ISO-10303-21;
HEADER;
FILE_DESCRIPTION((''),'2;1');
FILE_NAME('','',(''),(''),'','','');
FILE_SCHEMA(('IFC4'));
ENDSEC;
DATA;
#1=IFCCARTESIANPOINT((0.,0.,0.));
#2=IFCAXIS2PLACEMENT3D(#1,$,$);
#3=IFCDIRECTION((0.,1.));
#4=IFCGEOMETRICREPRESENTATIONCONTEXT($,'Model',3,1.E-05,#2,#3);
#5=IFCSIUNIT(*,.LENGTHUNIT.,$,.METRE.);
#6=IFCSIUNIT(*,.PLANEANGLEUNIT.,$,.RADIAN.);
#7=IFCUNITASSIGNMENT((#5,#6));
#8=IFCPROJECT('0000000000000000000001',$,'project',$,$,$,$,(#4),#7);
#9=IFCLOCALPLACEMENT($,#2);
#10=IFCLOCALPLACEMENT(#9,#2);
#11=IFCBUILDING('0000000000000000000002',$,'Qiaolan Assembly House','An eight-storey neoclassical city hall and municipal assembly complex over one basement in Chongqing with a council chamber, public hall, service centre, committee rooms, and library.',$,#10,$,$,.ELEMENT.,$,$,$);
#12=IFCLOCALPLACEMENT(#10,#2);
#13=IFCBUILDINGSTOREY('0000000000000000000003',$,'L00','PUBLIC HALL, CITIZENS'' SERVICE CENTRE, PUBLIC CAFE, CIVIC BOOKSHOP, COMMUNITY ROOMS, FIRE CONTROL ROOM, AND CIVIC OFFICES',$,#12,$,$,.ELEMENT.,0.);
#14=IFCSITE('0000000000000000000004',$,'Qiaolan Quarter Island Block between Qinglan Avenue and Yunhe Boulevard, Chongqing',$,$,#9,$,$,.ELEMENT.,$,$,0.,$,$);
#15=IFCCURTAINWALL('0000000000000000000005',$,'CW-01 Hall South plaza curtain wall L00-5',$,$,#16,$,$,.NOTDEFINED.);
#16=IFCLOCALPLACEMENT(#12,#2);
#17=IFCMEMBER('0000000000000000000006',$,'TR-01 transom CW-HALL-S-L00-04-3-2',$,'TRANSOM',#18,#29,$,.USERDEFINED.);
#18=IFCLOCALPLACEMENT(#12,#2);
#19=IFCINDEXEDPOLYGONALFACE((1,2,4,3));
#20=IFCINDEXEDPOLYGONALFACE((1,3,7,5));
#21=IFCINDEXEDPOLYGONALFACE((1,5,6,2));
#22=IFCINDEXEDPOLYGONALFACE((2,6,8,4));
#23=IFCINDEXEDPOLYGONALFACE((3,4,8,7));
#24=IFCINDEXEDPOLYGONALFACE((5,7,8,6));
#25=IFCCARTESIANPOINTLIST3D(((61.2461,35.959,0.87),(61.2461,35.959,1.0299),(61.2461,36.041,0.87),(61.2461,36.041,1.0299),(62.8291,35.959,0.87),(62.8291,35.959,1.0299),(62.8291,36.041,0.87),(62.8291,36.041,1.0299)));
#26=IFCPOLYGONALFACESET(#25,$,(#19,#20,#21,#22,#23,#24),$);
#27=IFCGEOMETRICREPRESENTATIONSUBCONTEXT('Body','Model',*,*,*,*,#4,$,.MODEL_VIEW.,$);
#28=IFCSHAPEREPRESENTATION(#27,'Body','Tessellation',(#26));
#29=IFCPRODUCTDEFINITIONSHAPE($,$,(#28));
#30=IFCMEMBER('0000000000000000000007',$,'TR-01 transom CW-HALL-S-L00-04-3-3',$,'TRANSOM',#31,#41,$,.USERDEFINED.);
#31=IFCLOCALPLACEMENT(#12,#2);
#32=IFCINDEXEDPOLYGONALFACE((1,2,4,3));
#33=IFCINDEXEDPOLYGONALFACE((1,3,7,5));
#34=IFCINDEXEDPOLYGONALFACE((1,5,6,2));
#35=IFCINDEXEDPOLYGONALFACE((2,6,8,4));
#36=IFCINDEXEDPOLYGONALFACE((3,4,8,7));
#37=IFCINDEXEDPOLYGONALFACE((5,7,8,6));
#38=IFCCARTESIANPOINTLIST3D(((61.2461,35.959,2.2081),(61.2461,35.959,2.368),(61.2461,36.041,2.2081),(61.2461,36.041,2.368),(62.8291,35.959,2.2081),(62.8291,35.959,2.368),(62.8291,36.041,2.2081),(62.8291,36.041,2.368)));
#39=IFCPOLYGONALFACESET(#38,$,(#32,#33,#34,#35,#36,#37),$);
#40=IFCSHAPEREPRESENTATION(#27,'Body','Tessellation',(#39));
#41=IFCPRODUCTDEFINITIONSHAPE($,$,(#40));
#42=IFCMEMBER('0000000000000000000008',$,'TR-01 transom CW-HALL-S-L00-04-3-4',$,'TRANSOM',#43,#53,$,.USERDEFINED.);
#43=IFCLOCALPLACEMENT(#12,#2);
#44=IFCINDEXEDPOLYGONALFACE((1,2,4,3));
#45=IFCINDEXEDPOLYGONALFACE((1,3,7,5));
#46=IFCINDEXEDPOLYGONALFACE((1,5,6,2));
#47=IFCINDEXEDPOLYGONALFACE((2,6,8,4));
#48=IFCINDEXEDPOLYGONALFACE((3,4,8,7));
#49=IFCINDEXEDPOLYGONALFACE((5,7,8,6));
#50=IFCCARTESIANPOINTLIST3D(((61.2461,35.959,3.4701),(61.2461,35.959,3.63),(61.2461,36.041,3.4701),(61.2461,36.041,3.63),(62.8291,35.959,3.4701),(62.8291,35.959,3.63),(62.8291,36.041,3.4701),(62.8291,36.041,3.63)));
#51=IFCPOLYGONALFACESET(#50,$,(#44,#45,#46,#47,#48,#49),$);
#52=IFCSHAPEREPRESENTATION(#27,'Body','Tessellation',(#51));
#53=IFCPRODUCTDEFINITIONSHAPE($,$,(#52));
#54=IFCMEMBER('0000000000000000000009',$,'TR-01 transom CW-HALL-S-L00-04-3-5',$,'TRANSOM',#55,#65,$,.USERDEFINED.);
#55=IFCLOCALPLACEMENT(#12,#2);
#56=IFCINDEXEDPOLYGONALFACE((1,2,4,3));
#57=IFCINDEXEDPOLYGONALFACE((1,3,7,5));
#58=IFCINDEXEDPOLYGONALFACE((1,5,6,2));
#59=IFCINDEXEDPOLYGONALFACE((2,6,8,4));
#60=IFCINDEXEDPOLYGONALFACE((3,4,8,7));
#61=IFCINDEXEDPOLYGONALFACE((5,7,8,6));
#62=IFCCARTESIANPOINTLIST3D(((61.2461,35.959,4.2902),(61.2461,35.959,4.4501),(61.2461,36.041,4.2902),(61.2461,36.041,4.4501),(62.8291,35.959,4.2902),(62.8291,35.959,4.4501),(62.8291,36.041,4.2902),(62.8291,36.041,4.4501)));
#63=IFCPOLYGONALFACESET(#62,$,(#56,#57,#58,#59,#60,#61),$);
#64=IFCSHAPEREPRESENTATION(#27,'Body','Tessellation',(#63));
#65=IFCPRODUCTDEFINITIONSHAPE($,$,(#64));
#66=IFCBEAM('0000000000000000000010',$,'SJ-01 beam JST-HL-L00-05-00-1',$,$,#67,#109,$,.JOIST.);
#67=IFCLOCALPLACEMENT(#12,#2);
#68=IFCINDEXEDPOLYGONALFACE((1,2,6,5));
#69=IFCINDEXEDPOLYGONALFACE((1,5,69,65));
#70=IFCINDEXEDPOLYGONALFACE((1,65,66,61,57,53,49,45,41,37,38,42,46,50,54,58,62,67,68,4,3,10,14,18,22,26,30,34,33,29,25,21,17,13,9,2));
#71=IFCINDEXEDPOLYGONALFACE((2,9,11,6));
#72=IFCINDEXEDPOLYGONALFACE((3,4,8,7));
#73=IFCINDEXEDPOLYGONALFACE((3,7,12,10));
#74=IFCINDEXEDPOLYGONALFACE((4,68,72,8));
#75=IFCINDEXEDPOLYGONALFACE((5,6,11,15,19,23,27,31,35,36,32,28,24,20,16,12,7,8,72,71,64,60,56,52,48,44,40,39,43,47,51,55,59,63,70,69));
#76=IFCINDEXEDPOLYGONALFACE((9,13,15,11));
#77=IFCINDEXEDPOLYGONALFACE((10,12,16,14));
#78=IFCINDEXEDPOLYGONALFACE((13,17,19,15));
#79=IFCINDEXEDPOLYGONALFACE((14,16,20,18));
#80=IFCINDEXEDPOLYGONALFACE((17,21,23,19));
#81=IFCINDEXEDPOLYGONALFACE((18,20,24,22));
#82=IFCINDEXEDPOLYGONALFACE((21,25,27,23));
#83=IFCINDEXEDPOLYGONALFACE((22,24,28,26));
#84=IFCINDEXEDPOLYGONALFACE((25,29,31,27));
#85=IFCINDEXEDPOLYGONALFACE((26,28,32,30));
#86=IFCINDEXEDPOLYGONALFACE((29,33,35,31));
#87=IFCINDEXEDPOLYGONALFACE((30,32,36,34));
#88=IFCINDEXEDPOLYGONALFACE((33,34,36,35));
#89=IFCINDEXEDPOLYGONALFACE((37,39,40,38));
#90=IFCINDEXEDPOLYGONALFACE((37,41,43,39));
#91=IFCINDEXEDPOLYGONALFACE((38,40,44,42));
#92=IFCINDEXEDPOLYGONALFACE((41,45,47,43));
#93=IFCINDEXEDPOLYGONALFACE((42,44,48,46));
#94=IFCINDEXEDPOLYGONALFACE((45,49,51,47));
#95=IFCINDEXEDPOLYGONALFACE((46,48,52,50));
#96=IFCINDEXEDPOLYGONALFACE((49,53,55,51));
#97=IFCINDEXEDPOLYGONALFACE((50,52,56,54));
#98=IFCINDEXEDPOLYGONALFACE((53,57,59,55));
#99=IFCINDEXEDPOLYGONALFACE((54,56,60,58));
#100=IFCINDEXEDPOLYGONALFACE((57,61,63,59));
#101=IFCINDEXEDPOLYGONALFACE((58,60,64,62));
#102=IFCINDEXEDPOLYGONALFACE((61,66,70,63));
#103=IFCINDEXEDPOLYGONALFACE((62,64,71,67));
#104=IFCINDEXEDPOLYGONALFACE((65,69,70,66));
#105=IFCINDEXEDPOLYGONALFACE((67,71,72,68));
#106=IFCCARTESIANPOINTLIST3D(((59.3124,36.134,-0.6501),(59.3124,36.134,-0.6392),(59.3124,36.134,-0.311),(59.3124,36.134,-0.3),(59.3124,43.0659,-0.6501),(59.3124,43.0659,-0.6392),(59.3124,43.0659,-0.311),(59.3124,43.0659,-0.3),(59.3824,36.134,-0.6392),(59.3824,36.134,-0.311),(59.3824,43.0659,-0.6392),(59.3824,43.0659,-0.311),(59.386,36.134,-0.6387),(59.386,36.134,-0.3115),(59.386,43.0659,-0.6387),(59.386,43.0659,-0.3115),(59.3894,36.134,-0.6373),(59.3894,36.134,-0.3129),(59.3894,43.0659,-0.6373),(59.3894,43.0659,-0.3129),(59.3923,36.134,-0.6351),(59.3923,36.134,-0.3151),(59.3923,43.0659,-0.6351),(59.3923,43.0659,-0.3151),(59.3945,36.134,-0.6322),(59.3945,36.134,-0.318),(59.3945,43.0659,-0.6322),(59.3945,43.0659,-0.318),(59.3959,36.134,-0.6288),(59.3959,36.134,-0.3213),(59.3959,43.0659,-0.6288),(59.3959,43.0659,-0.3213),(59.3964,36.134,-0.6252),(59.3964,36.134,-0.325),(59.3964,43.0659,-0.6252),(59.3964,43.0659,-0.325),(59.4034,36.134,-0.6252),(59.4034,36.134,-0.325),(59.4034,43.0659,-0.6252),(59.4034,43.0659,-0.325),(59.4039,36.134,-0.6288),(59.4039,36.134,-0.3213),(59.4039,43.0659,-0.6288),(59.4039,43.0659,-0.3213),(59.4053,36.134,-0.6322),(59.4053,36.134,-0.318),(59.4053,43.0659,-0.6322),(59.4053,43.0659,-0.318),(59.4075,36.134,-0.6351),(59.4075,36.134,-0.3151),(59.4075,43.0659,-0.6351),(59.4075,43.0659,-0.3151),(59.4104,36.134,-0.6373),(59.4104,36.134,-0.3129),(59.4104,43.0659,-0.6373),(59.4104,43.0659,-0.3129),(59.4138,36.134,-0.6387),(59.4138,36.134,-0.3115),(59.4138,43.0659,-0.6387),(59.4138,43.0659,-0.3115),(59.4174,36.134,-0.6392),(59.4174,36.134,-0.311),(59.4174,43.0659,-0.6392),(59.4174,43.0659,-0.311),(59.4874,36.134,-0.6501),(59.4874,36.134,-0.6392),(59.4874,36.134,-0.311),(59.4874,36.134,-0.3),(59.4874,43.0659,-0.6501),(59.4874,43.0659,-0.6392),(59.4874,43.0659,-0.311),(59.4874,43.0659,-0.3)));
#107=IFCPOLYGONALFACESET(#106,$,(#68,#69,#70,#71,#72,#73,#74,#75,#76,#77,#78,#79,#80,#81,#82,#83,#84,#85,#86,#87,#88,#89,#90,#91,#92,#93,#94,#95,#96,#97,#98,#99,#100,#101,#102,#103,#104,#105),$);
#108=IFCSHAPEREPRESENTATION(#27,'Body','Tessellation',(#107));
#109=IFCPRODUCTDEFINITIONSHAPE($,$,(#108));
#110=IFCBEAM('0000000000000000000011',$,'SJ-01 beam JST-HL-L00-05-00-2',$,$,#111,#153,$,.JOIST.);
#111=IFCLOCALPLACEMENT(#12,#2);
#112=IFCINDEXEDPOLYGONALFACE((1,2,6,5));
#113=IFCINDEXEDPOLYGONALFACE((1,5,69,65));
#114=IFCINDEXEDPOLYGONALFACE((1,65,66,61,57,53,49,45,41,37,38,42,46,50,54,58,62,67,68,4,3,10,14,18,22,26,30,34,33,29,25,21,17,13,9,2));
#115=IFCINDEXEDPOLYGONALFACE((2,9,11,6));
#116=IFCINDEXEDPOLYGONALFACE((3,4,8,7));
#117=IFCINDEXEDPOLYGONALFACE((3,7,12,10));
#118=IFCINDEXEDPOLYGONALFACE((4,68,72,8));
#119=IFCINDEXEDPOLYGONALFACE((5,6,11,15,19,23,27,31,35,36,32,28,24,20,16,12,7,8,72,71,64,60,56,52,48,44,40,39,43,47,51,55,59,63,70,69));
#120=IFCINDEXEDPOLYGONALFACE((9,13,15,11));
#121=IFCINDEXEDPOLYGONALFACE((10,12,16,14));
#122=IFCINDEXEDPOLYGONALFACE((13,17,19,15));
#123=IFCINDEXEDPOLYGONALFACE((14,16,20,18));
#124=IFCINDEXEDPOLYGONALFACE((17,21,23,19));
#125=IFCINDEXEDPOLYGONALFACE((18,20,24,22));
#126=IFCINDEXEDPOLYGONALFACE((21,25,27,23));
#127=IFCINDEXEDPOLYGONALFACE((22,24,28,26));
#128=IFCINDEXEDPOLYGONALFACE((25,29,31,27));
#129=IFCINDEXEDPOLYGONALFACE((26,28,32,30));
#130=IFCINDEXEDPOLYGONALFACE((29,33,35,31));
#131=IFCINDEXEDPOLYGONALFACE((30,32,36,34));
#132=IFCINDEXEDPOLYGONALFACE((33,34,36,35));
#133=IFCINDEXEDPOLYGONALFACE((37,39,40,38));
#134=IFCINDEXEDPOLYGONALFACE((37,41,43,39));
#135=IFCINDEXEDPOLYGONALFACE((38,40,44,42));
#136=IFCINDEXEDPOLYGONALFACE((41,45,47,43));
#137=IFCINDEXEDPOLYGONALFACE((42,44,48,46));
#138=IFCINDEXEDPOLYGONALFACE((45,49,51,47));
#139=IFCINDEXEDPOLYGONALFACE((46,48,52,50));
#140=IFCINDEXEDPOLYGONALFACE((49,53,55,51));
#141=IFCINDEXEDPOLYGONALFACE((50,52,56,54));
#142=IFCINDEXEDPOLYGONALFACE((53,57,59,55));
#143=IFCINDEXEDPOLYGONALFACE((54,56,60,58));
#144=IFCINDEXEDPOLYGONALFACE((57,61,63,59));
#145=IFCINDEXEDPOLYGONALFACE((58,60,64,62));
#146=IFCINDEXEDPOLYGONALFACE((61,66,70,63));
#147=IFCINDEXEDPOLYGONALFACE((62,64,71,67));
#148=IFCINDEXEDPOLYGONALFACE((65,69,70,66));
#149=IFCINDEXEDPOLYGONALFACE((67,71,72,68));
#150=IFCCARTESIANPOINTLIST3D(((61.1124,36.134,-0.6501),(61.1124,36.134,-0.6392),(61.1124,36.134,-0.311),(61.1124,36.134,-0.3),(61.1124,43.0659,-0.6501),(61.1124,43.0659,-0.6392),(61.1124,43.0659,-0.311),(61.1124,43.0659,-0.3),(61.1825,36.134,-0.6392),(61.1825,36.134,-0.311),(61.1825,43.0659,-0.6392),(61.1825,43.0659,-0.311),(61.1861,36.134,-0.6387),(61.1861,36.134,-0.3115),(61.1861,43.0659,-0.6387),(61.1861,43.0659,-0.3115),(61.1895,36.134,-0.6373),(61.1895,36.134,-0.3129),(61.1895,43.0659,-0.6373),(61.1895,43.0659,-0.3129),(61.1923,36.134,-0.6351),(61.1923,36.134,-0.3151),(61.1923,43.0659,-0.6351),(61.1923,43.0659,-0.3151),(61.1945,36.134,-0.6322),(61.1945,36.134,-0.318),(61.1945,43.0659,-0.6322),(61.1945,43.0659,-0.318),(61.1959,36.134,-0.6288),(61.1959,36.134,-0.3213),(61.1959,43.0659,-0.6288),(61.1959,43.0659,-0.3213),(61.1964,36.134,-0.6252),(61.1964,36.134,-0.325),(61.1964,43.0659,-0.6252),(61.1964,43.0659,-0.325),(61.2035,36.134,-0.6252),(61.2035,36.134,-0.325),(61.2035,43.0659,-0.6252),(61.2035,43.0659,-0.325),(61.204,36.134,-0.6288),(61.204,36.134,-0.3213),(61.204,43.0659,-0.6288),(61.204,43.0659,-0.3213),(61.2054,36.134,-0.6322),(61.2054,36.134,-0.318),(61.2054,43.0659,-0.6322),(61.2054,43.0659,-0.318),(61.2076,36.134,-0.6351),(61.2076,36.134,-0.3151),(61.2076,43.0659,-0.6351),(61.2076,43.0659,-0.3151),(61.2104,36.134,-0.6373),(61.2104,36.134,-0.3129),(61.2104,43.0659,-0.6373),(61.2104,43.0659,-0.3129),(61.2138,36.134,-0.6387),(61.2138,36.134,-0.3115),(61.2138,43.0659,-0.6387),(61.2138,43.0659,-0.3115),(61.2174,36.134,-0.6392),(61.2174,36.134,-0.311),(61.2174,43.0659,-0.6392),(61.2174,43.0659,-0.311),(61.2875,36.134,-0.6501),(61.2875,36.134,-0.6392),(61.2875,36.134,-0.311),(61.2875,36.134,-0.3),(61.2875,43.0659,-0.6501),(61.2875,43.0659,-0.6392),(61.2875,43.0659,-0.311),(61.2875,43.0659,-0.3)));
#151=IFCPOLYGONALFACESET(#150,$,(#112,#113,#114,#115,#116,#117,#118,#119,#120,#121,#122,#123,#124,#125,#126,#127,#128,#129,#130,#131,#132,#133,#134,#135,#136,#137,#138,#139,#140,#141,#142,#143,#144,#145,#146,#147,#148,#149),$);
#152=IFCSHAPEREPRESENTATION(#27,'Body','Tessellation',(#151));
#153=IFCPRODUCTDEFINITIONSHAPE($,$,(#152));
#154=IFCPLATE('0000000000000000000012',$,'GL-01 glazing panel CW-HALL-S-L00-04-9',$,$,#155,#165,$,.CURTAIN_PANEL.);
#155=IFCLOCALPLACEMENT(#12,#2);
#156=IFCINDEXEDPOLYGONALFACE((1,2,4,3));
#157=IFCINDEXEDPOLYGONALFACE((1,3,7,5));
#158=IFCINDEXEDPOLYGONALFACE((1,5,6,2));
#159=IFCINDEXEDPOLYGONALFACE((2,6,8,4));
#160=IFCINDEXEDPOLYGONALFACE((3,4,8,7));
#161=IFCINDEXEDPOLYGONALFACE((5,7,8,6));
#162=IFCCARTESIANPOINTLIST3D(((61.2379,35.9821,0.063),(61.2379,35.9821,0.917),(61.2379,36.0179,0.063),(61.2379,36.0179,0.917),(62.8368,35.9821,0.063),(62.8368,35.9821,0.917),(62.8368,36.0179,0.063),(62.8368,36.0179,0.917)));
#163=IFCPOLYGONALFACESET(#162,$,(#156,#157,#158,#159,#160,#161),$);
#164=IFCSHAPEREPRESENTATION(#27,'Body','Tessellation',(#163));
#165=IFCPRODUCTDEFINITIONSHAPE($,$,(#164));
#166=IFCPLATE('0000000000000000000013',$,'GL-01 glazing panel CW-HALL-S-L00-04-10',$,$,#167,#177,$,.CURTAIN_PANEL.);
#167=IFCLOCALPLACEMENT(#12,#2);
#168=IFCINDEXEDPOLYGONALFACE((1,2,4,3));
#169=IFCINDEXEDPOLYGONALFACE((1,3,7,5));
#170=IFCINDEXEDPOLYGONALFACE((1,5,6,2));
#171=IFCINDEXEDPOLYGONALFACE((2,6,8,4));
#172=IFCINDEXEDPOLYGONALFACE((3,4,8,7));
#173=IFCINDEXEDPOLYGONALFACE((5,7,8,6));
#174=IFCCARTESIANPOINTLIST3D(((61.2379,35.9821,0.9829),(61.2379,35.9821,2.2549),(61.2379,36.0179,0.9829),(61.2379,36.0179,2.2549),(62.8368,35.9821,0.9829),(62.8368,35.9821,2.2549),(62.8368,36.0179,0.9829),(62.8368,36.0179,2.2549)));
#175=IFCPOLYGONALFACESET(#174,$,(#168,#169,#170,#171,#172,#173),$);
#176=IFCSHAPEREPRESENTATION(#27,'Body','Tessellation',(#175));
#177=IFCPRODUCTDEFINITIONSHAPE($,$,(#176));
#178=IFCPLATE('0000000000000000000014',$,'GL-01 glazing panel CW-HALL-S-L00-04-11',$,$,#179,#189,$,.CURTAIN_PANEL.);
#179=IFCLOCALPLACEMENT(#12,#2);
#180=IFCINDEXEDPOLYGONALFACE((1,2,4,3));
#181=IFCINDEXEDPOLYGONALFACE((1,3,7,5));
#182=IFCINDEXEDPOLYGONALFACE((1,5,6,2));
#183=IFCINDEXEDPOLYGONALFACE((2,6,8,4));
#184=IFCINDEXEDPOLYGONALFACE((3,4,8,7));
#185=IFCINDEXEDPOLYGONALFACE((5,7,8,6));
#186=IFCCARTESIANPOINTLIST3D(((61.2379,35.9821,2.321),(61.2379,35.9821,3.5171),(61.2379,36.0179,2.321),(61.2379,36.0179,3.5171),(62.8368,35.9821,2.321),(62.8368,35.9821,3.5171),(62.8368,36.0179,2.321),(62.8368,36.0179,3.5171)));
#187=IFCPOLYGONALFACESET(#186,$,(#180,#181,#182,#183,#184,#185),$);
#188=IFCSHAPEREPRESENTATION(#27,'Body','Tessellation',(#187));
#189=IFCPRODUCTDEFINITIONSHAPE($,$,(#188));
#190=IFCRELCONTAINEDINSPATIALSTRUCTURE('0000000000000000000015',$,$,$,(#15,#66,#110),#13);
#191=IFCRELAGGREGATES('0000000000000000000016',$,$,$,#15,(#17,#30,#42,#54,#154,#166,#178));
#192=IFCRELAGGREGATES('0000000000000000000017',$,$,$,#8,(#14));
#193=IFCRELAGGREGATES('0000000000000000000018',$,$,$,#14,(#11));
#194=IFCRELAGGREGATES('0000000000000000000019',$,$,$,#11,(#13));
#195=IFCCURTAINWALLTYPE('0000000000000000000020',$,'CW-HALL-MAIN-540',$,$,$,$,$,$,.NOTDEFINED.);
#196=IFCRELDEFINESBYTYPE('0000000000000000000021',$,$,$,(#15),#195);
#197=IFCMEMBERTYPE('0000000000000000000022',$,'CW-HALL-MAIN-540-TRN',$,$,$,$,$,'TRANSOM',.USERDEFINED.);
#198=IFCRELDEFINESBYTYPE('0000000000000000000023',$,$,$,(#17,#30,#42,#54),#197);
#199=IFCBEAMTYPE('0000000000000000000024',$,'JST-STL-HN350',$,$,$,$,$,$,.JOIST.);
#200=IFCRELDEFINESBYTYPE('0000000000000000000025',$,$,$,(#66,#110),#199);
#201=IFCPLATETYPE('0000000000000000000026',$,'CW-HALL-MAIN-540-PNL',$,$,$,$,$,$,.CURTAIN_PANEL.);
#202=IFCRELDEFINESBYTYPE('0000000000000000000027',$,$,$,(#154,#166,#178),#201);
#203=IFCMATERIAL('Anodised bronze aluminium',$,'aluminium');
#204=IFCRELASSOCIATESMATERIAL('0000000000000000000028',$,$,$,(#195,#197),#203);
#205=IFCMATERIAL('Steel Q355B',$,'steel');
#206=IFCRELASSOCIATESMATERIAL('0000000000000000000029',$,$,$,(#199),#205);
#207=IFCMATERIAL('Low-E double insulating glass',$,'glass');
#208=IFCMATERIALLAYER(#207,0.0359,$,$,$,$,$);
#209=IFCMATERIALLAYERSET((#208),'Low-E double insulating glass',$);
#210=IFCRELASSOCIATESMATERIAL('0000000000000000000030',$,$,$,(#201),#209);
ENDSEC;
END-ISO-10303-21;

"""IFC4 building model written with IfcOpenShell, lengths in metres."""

from ifc_helpers import new_model, si_unit, direction, frame, frame_2d, origin, origin_2d, place, context, subcontext, project, spatial, rectangle, i_section, extrude, material, layer, layer_set, material_profile, profile_set, type_object, element, aggregate, save


model = new_model("IFC4")

# Units and contexts
model_context = context("Model", 3, precision=1e-05, world=origin(), true_north=direction((0.0, 1.0)))
body_context = subcontext(model_context, "Body", "Model", "MODEL_VIEW")
ifc_project = project(units=[si_unit("LENGTHUNIT", "METRE"), si_unit("PLANEANGLEUNIT", "RADIAN")], contexts=[model_context])

# Site, building, storey
site_placement = place(None, origin())
site = spatial("IfcSite", under=ifc_project, at=site_placement, Name="Qiaolan Quarter Island Block between Qinglan Avenue and Yunhe Boulevard, Chongqing", CompositionType="ELEMENT", RefElevation=0.0)
building_placement = place(site_placement, origin())
building = spatial("IfcBuilding", under=site, at=building_placement, Name="Qiaolan Assembly House", Description="An eight-storey neoclassical city hall and municipal assembly complex over one basement in Chongqing with a council chamber, public hall, service centre, committee rooms, and library.", CompositionType="ELEMENT")
storey_placement = place(building_placement, origin())
storey = spatial("IfcBuildingStorey", under=building, at=storey_placement, Name="L00", Description="PUBLIC HALL, CITIZENS' SERVICE CENTRE, PUBLIC CAFE, CIVIC BOOKSHOP, COMMUNITY ROOMS, FIRE CONTROL ROOM, AND CIVIC OFFICES", CompositionType="ELEMENT", Elevation=0.0)

# Shared definitions
ifc_material_1 = material(Name="Steel Q355B", Category="steel")

# Curtain wall, members
ifc_material_2 = material(Name="Anodised bronze aluminium", Category="aluminium")
curtain_wall_type = type_object("IfcCurtainWallType", Name="CW-HALL-MAIN-540", PredefinedType="NOTDEFINED", material=ifc_material_2)
curtain_wall_placement = place(storey_placement, origin())
curtain_wall = element("IfcCurtainWall", 1, at=curtain_wall_placement, inside=storey, type_object=curtain_wall_type, Name="CW-01 Hall South plaza curtain wall L00-5", PredefinedType="NOTDEFINED")
ifc_material_profile_1 = material_profile(ifc_material_2, rectangle(XDim=0.082, YDim=0.1599, at=origin_2d()), Name="TRN 82x160")
ifc_profile_set_1 = profile_set([ifc_material_profile_1], Name="Anodised bronze aluminium")
member_type_1 = type_object("IfcMemberType", Name="CW-HALL-MAIN-540-TRN", ElementType="TRANSOM", PredefinedType="USERDEFINED", material=ifc_profile_set_1)
member_1_placement = place(storey_placement, frame((61.2461, 36.0, 0.95), z_axis=(1.0, 0.0, 0.0), x_axis=(0.0, 1.0, 0.0)))
member_1 = element("IfcMember", 2, at=member_1_placement, type_object=member_type_1, Name="TR-01 transom CW-HALL-S-L00-04-3-2", ObjectType="TRANSOM", PredefinedType="USERDEFINED", context=body_context, shape_type="SweptSolid", body=[
    extrude(rectangle(XDim=0.082, YDim=0.1599, at=origin_2d()), origin(), (0.0, 0.0, 1.0), 1.583),
])
member_2_placement = place(storey_placement, frame((61.2461, 36.0, 2.2881), z_axis=(1.0, 0.0, 0.0), x_axis=(0.0, 1.0, 0.0)))
member_2 = element("IfcMember", 3, at=member_2_placement, type_object=member_type_1, Name="TR-01 transom CW-HALL-S-L00-04-3-3", ObjectType="TRANSOM", PredefinedType="USERDEFINED", context=body_context, shape_type="SweptSolid", body=[
    extrude(rectangle(XDim=0.082, YDim=0.1599, at=origin_2d()), origin(), (0.0, 0.0, 1.0), 1.583),
])
member_3_placement = place(storey_placement, frame((61.2461, 36.0, 3.55), z_axis=(1.0, 0.0, 0.0), x_axis=(0.0, 1.0, 0.0)))
member_3 = element("IfcMember", 4, at=member_3_placement, type_object=member_type_1, Name="TR-01 transom CW-HALL-S-L00-04-3-4", ObjectType="TRANSOM", PredefinedType="USERDEFINED", context=body_context, shape_type="SweptSolid", body=[
    extrude(rectangle(XDim=0.082, YDim=0.1599, at=origin_2d()), origin(), (0.0, 0.0, 1.0), 1.583),
])
member_4_placement = place(storey_placement, frame((61.2461, 36.0, 4.3701), z_axis=(1.0, 0.0, 0.0), x_axis=(0.0, 1.0, 0.0)))
member_4 = element("IfcMember", 5, at=member_4_placement, type_object=member_type_1, Name="TR-01 transom CW-HALL-S-L00-04-3-5", ObjectType="TRANSOM", PredefinedType="USERDEFINED", context=body_context, shape_type="SweptSolid", body=[
    extrude(rectangle(XDim=0.082, YDim=0.1599, at=origin_2d()), origin(), (0.0, 0.0, 1.0), 1.583),
])

# Beams
ifc_material_profile_2 = material_profile(ifc_material_1, i_section(OverallWidth=0.175, OverallDepth=0.3501, WebThickness=0.0071, FlangeThickness=0.011, FilletRadius=0.0139, at=origin_2d()), Name="HN 350x175x7x11")
ifc_profile_set_2 = profile_set([ifc_material_profile_2], Name="Steel Q355B")
beam_type_1 = type_object("IfcBeamType", Name="JST-STL-HN350", PredefinedType="JOIST", material=ifc_profile_set_2)
for number, where, z_axis, x_axis, name in (
    (6, (59.3999, 36.134, -0.4751), (0.0, 1.0, 0.0), (-1.0, 0.0, 0.0), "SJ-01 beam JST-HL-L00-05-00-1"),
    (7, (61.2, 36.134, -0.4751), (0.0, 1.0, 0.0), (-1.0, 0.0, 0.0), "SJ-01 beam JST-HL-L00-05-00-2"),
):
    element("IfcBeam", number, at=place(storey_placement, frame(where, z_axis=z_axis, x_axis=x_axis)), inside=storey, type_object=beam_type_1, Name=name, PredefinedType="JOIST", context=body_context, shape_type="SweptSolid", body=[
        extrude(i_section(OverallWidth=0.175, OverallDepth=0.3501, WebThickness=0.0071, FlangeThickness=0.011, FilletRadius=0.0139, at=origin_2d()), origin(), (0.0, 0.0, 1.0), 6.9319),
    ])

# Plates
ifc_material_3 = material(Name="Low-E double insulating glass", Category="glass")
ifc_layer_1 = layer(ifc_material_3, 0.0359)
ifc_layer_set_1 = layer_set([ifc_layer_1], Name="Low-E double insulating glass")
plate_type_1 = type_object("IfcPlateType", Name="CW-HALL-MAIN-540-PNL", PredefinedType="CURTAIN_PANEL", material=ifc_layer_set_1)
plate_1_placement = place(storey_placement, frame((61.238, 36.0, 0.063), z_axis=(0.0, 0.0, 1.0), x_axis=(1.0, 0.0, 0.0)))
plate_1 = element("IfcPlate", 8, at=plate_1_placement, type_object=plate_type_1, Name="GL-01 glazing panel CW-HALL-S-L00-04-9", PredefinedType="CURTAIN_PANEL", context=body_context, shape_type="SweptSolid", body=[
    extrude(rectangle(XDim=1.5989, YDim=0.0359, at=frame_2d((0.7993, 0.0))), origin(), (0.0, 0.0, 1.0), 0.854),
])
plate_2_placement = place(storey_placement, frame((61.238, 36.0, 0.9829), z_axis=(0.0, 0.0, 1.0), x_axis=(1.0, 0.0, 0.0)))
plate_2 = element("IfcPlate", 9, at=plate_2_placement, type_object=plate_type_1, Name="GL-01 glazing panel CW-HALL-S-L00-04-10", PredefinedType="CURTAIN_PANEL", context=body_context, shape_type="SweptSolid", body=[
    extrude(rectangle(XDim=1.5989, YDim=0.0359, at=frame_2d((0.7993, 0.0))), origin(), (0.0, 0.0, 1.0), 1.272),
])
plate_3_placement = place(storey_placement, frame((61.238, 36.0, 2.321), z_axis=(0.0, 0.0, 1.0), x_axis=(1.0, 0.0, 0.0)))
plate_3 = element("IfcPlate", 10, at=plate_3_placement, type_object=plate_type_1, Name="GL-01 glazing panel CW-HALL-S-L00-04-11", PredefinedType="CURTAIN_PANEL", context=body_context, shape_type="SweptSolid", body=[
    extrude(rectangle(XDim=1.5989, YDim=0.0359, at=frame_2d((0.7993, 0.0))), origin(), (0.0, 0.0, 1.0), 1.196),
])
aggregate(curtain_wall, [member_1, member_2, member_3, member_4, plate_1, plate_2, plate_3])

save(model, "model.ifc")
